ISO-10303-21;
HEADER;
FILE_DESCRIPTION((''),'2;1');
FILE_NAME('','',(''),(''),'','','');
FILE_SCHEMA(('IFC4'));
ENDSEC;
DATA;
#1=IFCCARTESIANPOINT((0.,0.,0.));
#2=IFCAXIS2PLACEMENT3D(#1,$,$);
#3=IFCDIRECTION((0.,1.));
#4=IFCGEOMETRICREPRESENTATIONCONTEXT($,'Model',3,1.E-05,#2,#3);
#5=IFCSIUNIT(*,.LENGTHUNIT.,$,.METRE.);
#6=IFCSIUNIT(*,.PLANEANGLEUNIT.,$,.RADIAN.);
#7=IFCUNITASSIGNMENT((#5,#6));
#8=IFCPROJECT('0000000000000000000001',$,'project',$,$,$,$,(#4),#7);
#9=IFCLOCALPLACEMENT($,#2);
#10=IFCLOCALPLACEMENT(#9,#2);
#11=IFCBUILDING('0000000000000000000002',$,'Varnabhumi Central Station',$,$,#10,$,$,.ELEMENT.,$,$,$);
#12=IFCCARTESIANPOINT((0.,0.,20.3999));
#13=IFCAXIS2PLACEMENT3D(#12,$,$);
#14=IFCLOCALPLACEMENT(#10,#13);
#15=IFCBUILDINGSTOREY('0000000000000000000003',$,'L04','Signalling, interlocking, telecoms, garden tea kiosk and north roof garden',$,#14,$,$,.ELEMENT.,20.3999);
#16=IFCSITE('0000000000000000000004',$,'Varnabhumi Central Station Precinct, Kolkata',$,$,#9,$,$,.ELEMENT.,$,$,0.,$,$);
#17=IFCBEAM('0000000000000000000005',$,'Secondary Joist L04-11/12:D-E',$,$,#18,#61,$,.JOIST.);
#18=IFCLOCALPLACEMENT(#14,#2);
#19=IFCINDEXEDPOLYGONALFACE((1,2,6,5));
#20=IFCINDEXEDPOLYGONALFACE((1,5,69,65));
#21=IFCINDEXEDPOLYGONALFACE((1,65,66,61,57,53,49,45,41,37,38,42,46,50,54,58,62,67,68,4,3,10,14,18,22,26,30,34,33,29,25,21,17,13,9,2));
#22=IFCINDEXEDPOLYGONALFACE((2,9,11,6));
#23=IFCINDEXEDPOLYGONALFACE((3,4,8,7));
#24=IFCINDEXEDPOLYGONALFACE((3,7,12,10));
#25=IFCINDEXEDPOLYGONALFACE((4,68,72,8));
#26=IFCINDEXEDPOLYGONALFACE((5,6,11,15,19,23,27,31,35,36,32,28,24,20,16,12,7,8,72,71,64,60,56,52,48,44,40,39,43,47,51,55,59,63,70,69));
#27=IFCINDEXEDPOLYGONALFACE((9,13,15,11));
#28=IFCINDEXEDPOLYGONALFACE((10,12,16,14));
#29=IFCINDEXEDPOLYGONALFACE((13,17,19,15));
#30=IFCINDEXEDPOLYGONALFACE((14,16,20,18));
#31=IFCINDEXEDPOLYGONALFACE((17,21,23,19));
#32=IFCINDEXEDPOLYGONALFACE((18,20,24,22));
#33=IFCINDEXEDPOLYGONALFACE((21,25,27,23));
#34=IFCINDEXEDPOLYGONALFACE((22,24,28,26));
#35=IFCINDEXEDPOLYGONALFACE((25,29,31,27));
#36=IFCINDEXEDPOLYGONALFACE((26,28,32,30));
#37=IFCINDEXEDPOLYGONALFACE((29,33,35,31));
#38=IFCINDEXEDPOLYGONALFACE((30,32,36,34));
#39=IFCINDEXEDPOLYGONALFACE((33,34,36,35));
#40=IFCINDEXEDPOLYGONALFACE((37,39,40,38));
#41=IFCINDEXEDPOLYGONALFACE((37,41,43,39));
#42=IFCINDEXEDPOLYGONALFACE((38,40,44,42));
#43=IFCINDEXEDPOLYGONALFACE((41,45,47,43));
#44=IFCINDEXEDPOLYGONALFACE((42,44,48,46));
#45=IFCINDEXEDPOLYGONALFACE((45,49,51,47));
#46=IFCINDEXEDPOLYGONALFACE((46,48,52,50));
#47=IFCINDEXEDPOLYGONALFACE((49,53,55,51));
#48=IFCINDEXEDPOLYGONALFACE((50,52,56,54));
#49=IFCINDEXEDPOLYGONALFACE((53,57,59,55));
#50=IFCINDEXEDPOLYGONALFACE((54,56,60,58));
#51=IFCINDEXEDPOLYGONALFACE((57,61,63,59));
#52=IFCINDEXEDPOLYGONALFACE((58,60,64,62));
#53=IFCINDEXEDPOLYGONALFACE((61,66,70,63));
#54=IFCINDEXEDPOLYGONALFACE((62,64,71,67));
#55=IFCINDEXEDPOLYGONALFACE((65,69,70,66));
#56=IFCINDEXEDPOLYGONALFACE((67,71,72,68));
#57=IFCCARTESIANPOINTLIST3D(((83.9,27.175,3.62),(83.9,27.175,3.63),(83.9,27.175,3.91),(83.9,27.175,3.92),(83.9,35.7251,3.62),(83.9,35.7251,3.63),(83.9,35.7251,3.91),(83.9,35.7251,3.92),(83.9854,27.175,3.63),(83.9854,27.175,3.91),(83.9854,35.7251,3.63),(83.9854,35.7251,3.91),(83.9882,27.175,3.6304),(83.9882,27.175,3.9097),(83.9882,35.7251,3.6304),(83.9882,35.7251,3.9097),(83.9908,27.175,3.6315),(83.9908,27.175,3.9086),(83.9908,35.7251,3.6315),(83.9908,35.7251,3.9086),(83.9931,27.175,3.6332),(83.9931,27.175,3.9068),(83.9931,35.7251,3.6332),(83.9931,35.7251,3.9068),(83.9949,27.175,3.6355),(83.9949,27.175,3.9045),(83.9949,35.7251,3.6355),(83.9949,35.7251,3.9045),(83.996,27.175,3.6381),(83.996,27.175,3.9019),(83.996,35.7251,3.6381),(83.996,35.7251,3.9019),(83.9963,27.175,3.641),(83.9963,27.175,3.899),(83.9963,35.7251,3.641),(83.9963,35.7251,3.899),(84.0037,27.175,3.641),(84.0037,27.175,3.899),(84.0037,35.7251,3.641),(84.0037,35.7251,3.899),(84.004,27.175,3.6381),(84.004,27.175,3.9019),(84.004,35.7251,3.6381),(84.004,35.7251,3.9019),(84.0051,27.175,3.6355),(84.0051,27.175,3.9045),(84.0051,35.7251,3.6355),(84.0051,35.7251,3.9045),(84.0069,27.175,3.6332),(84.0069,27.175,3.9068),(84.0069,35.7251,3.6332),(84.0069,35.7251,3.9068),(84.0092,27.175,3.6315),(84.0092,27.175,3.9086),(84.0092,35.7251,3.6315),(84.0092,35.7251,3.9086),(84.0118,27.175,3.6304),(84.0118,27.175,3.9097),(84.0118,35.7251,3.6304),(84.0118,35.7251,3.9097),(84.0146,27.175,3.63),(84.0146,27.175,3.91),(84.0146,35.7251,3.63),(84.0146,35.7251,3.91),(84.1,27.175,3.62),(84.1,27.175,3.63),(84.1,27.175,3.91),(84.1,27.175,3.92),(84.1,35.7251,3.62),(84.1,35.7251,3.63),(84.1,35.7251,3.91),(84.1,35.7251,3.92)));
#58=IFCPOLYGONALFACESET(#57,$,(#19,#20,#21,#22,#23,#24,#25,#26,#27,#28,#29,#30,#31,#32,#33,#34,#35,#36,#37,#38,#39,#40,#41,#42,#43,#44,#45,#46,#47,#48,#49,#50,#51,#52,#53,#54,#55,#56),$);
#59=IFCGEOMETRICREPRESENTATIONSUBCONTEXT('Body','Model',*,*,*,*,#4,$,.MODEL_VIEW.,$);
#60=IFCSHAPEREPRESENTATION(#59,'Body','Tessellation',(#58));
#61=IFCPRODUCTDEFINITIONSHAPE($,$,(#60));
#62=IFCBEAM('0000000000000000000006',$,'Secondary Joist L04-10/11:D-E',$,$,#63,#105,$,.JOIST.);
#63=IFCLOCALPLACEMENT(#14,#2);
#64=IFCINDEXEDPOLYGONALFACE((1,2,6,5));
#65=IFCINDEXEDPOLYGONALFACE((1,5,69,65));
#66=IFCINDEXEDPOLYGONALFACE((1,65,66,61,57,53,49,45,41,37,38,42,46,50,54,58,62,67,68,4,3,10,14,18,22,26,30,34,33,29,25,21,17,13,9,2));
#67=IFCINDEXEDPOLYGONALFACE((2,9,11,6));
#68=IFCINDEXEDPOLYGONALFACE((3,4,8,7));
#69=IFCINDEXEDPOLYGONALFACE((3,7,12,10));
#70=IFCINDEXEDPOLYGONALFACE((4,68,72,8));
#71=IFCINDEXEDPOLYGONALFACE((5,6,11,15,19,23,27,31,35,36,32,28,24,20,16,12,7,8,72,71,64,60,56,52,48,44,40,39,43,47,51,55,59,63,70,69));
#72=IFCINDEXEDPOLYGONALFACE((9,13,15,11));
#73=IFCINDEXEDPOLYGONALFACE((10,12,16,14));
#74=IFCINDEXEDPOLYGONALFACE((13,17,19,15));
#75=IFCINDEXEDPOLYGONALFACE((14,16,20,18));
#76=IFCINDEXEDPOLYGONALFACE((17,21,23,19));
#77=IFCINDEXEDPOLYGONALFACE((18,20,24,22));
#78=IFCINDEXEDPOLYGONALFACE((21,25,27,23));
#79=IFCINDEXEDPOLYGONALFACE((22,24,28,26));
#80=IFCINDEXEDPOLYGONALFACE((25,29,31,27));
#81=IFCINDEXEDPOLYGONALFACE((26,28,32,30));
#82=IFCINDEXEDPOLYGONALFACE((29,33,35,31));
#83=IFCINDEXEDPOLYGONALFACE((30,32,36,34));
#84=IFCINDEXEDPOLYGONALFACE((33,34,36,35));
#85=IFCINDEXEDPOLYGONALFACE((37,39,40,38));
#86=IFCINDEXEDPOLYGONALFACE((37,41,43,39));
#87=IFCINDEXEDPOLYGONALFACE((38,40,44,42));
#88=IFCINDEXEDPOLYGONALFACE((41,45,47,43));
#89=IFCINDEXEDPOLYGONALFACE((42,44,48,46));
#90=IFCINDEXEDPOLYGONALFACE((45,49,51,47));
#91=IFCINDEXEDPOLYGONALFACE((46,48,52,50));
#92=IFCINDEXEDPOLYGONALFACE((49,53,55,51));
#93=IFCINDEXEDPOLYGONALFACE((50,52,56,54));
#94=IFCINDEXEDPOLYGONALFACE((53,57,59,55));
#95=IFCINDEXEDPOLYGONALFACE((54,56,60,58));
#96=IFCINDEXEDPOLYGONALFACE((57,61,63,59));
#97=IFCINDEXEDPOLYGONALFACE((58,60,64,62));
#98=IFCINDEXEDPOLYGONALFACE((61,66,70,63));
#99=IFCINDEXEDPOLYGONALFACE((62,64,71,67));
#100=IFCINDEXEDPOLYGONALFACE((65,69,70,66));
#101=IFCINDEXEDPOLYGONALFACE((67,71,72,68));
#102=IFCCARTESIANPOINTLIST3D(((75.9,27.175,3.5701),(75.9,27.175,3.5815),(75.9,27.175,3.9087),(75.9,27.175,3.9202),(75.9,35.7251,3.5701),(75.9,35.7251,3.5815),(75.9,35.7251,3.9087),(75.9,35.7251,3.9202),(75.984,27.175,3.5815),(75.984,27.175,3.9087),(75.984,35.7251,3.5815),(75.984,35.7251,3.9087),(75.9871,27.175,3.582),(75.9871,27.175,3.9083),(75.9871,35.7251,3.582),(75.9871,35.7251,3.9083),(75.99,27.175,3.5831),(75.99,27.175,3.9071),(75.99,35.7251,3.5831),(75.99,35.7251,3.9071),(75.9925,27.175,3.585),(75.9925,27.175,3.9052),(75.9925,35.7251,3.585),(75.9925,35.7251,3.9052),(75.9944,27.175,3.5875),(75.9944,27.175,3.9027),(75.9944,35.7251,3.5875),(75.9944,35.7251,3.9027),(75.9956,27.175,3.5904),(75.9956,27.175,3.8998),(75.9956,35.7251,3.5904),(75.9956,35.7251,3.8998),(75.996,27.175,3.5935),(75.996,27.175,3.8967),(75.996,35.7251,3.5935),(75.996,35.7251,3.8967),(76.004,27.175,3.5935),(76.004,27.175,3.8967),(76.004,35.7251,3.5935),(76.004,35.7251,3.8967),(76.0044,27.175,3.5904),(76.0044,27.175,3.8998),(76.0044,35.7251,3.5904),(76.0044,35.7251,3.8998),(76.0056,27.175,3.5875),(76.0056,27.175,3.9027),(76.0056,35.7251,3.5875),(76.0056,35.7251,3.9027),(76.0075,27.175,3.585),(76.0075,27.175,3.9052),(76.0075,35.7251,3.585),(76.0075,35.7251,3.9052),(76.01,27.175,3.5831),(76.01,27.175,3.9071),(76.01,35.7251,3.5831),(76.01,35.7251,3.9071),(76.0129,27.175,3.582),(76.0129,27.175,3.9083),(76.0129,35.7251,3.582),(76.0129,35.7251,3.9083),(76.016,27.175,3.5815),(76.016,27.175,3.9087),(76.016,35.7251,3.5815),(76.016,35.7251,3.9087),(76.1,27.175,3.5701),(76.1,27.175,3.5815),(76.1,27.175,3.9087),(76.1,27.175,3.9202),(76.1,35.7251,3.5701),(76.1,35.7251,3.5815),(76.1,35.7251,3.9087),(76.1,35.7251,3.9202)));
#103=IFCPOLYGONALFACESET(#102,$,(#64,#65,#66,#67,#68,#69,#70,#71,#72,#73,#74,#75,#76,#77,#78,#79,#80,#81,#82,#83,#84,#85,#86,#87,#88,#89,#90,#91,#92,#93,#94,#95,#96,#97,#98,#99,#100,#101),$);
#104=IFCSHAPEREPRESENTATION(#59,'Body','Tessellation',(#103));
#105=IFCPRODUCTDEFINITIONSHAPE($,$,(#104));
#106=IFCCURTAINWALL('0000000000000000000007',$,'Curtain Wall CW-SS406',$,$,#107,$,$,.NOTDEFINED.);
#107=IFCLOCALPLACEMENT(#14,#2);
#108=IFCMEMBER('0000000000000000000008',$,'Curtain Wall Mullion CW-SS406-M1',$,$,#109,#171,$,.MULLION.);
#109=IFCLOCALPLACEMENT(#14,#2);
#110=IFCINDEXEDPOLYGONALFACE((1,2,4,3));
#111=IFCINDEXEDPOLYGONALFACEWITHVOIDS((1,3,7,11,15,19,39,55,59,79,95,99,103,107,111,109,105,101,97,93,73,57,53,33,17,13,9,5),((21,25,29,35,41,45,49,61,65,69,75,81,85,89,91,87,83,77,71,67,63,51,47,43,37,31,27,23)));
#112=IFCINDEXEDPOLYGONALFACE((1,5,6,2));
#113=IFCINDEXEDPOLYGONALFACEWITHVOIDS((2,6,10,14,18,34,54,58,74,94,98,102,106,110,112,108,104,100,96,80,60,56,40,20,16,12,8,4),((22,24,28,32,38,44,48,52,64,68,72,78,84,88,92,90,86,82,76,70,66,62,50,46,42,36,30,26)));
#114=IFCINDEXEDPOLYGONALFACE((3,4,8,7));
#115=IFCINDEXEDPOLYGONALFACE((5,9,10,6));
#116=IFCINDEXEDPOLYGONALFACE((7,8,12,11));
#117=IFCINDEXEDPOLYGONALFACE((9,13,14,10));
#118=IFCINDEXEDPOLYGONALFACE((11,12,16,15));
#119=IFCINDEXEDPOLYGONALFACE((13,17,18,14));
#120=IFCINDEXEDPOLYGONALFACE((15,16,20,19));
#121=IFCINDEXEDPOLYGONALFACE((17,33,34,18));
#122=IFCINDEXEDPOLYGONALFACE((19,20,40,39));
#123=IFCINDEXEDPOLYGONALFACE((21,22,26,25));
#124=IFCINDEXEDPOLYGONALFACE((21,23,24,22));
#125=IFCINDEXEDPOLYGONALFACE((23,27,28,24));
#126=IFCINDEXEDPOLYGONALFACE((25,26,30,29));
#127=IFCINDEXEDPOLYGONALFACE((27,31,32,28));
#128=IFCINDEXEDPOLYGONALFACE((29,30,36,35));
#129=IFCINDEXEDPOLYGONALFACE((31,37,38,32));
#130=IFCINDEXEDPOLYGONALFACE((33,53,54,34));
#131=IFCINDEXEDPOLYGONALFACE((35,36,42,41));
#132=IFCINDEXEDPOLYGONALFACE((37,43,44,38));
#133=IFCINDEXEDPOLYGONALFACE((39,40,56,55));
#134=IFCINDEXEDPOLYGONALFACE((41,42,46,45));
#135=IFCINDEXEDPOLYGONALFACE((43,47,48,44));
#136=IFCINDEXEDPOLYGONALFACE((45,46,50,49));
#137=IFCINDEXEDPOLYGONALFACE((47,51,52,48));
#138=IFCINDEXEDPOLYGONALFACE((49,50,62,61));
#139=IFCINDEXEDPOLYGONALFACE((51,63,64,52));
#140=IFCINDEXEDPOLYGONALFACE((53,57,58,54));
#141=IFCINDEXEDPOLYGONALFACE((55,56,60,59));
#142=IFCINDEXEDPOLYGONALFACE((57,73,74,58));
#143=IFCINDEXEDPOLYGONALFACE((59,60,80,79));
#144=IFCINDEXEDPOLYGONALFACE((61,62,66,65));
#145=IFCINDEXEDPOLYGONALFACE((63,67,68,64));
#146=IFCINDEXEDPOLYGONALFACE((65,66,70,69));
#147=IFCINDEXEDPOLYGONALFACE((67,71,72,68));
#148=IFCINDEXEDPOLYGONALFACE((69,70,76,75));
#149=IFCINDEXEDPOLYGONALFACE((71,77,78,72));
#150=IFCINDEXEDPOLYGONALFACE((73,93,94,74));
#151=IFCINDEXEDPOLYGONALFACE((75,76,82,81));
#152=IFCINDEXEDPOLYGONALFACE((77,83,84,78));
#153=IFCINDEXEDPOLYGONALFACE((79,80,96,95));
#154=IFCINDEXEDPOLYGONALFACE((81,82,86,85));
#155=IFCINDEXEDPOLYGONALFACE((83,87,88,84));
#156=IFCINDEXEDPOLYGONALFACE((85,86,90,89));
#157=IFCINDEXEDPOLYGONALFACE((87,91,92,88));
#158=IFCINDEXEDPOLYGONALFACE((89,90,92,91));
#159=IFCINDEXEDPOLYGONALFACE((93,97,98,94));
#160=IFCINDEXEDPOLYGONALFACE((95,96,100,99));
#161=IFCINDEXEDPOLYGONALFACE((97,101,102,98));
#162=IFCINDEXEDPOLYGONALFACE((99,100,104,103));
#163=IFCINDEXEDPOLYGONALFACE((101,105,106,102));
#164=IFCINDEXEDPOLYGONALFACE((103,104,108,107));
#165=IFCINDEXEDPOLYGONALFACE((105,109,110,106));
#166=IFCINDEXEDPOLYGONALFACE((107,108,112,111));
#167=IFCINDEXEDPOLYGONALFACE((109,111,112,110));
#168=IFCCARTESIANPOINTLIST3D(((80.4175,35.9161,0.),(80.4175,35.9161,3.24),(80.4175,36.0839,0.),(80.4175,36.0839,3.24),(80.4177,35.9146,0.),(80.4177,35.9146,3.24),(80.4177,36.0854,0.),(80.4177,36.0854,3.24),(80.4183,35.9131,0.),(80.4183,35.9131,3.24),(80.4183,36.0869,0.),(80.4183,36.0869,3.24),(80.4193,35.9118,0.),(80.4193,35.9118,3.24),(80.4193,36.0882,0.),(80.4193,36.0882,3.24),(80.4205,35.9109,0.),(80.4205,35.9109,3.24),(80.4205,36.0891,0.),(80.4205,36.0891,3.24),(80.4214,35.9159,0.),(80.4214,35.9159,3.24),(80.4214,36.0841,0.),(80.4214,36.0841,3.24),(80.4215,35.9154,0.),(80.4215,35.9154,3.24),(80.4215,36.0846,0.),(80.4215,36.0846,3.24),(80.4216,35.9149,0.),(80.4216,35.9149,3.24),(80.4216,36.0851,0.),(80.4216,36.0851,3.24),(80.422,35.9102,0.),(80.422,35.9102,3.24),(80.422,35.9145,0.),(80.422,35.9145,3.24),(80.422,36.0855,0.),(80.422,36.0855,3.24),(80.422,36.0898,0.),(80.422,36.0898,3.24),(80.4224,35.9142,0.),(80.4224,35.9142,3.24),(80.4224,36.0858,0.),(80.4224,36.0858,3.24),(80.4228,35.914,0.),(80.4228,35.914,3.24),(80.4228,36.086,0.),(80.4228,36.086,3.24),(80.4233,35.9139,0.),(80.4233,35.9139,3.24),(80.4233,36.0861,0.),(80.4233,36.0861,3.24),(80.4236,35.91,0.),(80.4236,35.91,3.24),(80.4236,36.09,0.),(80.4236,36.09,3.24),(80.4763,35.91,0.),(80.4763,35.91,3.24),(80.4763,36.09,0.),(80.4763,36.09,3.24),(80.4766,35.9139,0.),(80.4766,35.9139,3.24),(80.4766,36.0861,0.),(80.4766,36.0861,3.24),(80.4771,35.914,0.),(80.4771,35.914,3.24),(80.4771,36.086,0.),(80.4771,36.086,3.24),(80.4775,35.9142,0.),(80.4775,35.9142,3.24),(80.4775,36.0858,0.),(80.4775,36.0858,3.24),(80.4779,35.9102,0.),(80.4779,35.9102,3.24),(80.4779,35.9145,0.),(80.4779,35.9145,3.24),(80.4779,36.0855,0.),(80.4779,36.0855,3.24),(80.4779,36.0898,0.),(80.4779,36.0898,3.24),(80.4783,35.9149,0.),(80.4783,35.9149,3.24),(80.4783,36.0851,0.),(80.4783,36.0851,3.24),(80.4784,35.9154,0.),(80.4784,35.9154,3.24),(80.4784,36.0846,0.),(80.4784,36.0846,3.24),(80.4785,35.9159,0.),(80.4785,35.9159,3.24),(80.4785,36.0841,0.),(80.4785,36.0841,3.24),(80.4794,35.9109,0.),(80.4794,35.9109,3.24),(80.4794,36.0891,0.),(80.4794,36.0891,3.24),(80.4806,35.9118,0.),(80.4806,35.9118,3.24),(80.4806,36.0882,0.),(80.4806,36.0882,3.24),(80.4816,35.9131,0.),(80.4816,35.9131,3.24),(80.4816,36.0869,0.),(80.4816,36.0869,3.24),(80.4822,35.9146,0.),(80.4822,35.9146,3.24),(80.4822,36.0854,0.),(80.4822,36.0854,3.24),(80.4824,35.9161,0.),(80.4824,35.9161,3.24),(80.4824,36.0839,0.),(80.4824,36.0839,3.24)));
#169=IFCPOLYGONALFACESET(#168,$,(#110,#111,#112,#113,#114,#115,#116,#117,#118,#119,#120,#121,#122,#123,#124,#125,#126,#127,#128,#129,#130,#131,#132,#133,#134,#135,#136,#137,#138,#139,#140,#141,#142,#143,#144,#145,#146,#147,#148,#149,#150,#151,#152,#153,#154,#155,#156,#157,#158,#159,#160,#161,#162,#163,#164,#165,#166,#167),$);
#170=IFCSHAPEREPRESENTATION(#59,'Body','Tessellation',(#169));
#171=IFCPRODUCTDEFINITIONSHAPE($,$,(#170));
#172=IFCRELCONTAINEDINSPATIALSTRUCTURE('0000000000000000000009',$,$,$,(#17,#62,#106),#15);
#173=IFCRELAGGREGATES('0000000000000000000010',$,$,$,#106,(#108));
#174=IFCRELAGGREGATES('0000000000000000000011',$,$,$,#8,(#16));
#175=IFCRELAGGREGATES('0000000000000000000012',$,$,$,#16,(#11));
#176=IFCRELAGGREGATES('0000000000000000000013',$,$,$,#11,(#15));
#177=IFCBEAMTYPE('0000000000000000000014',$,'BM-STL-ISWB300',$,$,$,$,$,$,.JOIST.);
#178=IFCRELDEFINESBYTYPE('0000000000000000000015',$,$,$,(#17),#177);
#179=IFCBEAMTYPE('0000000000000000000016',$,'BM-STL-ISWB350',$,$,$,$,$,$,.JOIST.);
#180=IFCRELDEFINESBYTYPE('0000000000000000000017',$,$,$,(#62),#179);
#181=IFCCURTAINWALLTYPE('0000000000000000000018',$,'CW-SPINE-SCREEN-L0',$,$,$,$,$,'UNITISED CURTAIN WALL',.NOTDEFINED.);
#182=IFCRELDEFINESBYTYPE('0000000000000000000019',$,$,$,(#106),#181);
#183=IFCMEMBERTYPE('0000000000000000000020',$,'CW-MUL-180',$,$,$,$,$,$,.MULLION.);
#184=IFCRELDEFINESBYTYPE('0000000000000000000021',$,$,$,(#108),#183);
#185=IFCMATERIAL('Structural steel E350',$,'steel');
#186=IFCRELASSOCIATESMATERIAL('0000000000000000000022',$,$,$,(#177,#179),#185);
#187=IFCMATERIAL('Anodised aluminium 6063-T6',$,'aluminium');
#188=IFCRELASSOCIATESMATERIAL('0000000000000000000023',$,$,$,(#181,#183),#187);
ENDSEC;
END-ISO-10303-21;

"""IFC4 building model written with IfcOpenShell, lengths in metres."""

from ifc_helpers import new_model, si_unit, direction, frame, origin, origin_2d, place, context, subcontext, project, spatial, hollow_rectangle, i_section, extrude, material, material_profile, profile_set, type_object, element, aggregate, save


model = new_model("IFC4")

# Units and contexts
model_context = context("Model", 3, precision=1e-05, world=origin(), true_north=direction((0.0, 1.0)))
body_context = subcontext(model_context, "Body", "Model", "MODEL_VIEW")
ifc_project = project(units=[si_unit("LENGTHUNIT", "METRE"), si_unit("PLANEANGLEUNIT", "RADIAN")], contexts=[model_context])

# Site, building, storey
site_placement = place(None, origin())
site = spatial("IfcSite", under=ifc_project, at=site_placement, Name="Varnabhumi Central Station Precinct, Kolkata", CompositionType="ELEMENT", RefElevation=0.0)
building_placement = place(site_placement, origin())
building = spatial("IfcBuilding", under=site, at=building_placement, Name="Varnabhumi Central Station", CompositionType="ELEMENT")
storey_placement = place(building_placement, frame((0.0, 0.0, 20.3999)))
storey = spatial("IfcBuildingStorey", under=building, at=storey_placement, Name="L04", Description="Signalling, interlocking, telecoms, garden tea kiosk and north roof garden", CompositionType="ELEMENT", Elevation=20.3999)

# Beams
ifc_material_1 = material(Name="Structural steel E350", Category="steel")
ifc_material_profile_1 = material_profile(ifc_material_1, i_section(OverallWidth=0.2, OverallDepth=0.3, WebThickness=0.0073, FlangeThickness=0.01, FilletRadius=0.011, at=origin_2d()), Name="Structural steel E350", Category="steel")
ifc_profile_set_1 = profile_set([ifc_material_profile_1], Name="Structural steel E350")
beam_type_1 = type_object("IfcBeamType", Name="BM-STL-ISWB300", PredefinedType="JOIST", material=ifc_profile_set_1)
beam_1_placement = place(storey_placement, frame((84.0, 27.175, 3.77), z_axis=(0.0, 1.0, 0.0), x_axis=(-1.0, 0.0, 0.0)))
element("IfcBeam", 1, at=beam_1_placement, inside=storey, type_object=beam_type_1, Name="Secondary Joist L04-11/12:D-E", PredefinedType="JOIST", context=body_context, shape_type="SweptSolid", body=[
    extrude(i_section(OverallWidth=0.2, OverallDepth=0.3, WebThickness=0.0073, FlangeThickness=0.01, FilletRadius=0.011, at=origin_2d()), origin(), (0.0, 0.0, 1.0), 8.55),
])
ifc_material_profile_2 = material_profile(ifc_material_1, i_section(OverallWidth=0.2, OverallDepth=0.3501, WebThickness=0.0081, FlangeThickness=0.0115, FilletRadius=0.012, at=origin_2d()), Name="Structural steel E350", Category="steel")
ifc_profile_set_2 = profile_set([ifc_material_profile_2], Name="Structural steel E350")
beam_type_2 = type_object("IfcBeamType", Name="BM-STL-ISWB350", PredefinedType="JOIST", material=ifc_profile_set_2)
beam_2_placement = place(storey_placement, frame((76.0, 27.175, 3.7451), z_axis=(0.0, 1.0, 0.0), x_axis=(-1.0, 0.0, 0.0)))
element("IfcBeam", 2, at=beam_2_placement, inside=storey, type_object=beam_type_2, Name="Secondary Joist L04-10/11:D-E", PredefinedType="JOIST", context=body_context, shape_type="SweptSolid", body=[
    extrude(i_section(OverallWidth=0.2, OverallDepth=0.3501, WebThickness=0.0081, FlangeThickness=0.0115, FilletRadius=0.012, at=origin_2d()), origin(), (0.0, 0.0, 1.0), 8.55),
])

# Curtain wall, member
ifc_material_2 = material(Name="Anodised aluminium 6063-T6", Category="aluminium")
curtain_wall_type = type_object("IfcCurtainWallType", Name="CW-SPINE-SCREEN-L0", ElementType="UNITISED CURTAIN WALL", PredefinedType="NOTDEFINED", material=ifc_material_2)
curtain_wall_placement = place(storey_placement, origin())
curtain_wall = element("IfcCurtainWall", 3, at=curtain_wall_placement, inside=storey, type_object=curtain_wall_type, Name="Curtain Wall CW-SS406", PredefinedType="NOTDEFINED")
ifc_material_profile_3 = material_profile(ifc_material_2, hollow_rectangle(XDim=0.0649, YDim=0.1799, WallThickness=0.0039, InnerFilletRadius=0.002, OuterFilletRadius=0.0061, at=origin_2d()), Name="Anodised aluminium 6063-T6", Category="aluminium")
ifc_profile_set_3 = profile_set([ifc_material_profile_3], Name="Anodised aluminium 6063-T6")
member_type_1 = type_object("IfcMemberType", Name="CW-MUL-180", PredefinedType="MULLION", material=ifc_profile_set_3)
member_1_placement = place(storey_placement, frame((80.45, 36.0, 0.0), z_axis=(0.0, 0.0, 1.0), x_axis=(1.0, 0.0, 0.0)))
member_1 = element("IfcMember", 4, at=member_1_placement, type_object=member_type_1, Name="Curtain Wall Mullion CW-SS406-M1", PredefinedType="MULLION", context=body_context, shape_type="SweptSolid", body=[
    extrude(hollow_rectangle(XDim=0.0649, YDim=0.1799, WallThickness=0.0039, InnerFilletRadius=0.002, OuterFilletRadius=0.0061, at=origin_2d()), origin(), (0.0, 0.0, 1.0), 3.24),
])
aggregate(curtain_wall, [member_1])

save(model, "model.ifc")
